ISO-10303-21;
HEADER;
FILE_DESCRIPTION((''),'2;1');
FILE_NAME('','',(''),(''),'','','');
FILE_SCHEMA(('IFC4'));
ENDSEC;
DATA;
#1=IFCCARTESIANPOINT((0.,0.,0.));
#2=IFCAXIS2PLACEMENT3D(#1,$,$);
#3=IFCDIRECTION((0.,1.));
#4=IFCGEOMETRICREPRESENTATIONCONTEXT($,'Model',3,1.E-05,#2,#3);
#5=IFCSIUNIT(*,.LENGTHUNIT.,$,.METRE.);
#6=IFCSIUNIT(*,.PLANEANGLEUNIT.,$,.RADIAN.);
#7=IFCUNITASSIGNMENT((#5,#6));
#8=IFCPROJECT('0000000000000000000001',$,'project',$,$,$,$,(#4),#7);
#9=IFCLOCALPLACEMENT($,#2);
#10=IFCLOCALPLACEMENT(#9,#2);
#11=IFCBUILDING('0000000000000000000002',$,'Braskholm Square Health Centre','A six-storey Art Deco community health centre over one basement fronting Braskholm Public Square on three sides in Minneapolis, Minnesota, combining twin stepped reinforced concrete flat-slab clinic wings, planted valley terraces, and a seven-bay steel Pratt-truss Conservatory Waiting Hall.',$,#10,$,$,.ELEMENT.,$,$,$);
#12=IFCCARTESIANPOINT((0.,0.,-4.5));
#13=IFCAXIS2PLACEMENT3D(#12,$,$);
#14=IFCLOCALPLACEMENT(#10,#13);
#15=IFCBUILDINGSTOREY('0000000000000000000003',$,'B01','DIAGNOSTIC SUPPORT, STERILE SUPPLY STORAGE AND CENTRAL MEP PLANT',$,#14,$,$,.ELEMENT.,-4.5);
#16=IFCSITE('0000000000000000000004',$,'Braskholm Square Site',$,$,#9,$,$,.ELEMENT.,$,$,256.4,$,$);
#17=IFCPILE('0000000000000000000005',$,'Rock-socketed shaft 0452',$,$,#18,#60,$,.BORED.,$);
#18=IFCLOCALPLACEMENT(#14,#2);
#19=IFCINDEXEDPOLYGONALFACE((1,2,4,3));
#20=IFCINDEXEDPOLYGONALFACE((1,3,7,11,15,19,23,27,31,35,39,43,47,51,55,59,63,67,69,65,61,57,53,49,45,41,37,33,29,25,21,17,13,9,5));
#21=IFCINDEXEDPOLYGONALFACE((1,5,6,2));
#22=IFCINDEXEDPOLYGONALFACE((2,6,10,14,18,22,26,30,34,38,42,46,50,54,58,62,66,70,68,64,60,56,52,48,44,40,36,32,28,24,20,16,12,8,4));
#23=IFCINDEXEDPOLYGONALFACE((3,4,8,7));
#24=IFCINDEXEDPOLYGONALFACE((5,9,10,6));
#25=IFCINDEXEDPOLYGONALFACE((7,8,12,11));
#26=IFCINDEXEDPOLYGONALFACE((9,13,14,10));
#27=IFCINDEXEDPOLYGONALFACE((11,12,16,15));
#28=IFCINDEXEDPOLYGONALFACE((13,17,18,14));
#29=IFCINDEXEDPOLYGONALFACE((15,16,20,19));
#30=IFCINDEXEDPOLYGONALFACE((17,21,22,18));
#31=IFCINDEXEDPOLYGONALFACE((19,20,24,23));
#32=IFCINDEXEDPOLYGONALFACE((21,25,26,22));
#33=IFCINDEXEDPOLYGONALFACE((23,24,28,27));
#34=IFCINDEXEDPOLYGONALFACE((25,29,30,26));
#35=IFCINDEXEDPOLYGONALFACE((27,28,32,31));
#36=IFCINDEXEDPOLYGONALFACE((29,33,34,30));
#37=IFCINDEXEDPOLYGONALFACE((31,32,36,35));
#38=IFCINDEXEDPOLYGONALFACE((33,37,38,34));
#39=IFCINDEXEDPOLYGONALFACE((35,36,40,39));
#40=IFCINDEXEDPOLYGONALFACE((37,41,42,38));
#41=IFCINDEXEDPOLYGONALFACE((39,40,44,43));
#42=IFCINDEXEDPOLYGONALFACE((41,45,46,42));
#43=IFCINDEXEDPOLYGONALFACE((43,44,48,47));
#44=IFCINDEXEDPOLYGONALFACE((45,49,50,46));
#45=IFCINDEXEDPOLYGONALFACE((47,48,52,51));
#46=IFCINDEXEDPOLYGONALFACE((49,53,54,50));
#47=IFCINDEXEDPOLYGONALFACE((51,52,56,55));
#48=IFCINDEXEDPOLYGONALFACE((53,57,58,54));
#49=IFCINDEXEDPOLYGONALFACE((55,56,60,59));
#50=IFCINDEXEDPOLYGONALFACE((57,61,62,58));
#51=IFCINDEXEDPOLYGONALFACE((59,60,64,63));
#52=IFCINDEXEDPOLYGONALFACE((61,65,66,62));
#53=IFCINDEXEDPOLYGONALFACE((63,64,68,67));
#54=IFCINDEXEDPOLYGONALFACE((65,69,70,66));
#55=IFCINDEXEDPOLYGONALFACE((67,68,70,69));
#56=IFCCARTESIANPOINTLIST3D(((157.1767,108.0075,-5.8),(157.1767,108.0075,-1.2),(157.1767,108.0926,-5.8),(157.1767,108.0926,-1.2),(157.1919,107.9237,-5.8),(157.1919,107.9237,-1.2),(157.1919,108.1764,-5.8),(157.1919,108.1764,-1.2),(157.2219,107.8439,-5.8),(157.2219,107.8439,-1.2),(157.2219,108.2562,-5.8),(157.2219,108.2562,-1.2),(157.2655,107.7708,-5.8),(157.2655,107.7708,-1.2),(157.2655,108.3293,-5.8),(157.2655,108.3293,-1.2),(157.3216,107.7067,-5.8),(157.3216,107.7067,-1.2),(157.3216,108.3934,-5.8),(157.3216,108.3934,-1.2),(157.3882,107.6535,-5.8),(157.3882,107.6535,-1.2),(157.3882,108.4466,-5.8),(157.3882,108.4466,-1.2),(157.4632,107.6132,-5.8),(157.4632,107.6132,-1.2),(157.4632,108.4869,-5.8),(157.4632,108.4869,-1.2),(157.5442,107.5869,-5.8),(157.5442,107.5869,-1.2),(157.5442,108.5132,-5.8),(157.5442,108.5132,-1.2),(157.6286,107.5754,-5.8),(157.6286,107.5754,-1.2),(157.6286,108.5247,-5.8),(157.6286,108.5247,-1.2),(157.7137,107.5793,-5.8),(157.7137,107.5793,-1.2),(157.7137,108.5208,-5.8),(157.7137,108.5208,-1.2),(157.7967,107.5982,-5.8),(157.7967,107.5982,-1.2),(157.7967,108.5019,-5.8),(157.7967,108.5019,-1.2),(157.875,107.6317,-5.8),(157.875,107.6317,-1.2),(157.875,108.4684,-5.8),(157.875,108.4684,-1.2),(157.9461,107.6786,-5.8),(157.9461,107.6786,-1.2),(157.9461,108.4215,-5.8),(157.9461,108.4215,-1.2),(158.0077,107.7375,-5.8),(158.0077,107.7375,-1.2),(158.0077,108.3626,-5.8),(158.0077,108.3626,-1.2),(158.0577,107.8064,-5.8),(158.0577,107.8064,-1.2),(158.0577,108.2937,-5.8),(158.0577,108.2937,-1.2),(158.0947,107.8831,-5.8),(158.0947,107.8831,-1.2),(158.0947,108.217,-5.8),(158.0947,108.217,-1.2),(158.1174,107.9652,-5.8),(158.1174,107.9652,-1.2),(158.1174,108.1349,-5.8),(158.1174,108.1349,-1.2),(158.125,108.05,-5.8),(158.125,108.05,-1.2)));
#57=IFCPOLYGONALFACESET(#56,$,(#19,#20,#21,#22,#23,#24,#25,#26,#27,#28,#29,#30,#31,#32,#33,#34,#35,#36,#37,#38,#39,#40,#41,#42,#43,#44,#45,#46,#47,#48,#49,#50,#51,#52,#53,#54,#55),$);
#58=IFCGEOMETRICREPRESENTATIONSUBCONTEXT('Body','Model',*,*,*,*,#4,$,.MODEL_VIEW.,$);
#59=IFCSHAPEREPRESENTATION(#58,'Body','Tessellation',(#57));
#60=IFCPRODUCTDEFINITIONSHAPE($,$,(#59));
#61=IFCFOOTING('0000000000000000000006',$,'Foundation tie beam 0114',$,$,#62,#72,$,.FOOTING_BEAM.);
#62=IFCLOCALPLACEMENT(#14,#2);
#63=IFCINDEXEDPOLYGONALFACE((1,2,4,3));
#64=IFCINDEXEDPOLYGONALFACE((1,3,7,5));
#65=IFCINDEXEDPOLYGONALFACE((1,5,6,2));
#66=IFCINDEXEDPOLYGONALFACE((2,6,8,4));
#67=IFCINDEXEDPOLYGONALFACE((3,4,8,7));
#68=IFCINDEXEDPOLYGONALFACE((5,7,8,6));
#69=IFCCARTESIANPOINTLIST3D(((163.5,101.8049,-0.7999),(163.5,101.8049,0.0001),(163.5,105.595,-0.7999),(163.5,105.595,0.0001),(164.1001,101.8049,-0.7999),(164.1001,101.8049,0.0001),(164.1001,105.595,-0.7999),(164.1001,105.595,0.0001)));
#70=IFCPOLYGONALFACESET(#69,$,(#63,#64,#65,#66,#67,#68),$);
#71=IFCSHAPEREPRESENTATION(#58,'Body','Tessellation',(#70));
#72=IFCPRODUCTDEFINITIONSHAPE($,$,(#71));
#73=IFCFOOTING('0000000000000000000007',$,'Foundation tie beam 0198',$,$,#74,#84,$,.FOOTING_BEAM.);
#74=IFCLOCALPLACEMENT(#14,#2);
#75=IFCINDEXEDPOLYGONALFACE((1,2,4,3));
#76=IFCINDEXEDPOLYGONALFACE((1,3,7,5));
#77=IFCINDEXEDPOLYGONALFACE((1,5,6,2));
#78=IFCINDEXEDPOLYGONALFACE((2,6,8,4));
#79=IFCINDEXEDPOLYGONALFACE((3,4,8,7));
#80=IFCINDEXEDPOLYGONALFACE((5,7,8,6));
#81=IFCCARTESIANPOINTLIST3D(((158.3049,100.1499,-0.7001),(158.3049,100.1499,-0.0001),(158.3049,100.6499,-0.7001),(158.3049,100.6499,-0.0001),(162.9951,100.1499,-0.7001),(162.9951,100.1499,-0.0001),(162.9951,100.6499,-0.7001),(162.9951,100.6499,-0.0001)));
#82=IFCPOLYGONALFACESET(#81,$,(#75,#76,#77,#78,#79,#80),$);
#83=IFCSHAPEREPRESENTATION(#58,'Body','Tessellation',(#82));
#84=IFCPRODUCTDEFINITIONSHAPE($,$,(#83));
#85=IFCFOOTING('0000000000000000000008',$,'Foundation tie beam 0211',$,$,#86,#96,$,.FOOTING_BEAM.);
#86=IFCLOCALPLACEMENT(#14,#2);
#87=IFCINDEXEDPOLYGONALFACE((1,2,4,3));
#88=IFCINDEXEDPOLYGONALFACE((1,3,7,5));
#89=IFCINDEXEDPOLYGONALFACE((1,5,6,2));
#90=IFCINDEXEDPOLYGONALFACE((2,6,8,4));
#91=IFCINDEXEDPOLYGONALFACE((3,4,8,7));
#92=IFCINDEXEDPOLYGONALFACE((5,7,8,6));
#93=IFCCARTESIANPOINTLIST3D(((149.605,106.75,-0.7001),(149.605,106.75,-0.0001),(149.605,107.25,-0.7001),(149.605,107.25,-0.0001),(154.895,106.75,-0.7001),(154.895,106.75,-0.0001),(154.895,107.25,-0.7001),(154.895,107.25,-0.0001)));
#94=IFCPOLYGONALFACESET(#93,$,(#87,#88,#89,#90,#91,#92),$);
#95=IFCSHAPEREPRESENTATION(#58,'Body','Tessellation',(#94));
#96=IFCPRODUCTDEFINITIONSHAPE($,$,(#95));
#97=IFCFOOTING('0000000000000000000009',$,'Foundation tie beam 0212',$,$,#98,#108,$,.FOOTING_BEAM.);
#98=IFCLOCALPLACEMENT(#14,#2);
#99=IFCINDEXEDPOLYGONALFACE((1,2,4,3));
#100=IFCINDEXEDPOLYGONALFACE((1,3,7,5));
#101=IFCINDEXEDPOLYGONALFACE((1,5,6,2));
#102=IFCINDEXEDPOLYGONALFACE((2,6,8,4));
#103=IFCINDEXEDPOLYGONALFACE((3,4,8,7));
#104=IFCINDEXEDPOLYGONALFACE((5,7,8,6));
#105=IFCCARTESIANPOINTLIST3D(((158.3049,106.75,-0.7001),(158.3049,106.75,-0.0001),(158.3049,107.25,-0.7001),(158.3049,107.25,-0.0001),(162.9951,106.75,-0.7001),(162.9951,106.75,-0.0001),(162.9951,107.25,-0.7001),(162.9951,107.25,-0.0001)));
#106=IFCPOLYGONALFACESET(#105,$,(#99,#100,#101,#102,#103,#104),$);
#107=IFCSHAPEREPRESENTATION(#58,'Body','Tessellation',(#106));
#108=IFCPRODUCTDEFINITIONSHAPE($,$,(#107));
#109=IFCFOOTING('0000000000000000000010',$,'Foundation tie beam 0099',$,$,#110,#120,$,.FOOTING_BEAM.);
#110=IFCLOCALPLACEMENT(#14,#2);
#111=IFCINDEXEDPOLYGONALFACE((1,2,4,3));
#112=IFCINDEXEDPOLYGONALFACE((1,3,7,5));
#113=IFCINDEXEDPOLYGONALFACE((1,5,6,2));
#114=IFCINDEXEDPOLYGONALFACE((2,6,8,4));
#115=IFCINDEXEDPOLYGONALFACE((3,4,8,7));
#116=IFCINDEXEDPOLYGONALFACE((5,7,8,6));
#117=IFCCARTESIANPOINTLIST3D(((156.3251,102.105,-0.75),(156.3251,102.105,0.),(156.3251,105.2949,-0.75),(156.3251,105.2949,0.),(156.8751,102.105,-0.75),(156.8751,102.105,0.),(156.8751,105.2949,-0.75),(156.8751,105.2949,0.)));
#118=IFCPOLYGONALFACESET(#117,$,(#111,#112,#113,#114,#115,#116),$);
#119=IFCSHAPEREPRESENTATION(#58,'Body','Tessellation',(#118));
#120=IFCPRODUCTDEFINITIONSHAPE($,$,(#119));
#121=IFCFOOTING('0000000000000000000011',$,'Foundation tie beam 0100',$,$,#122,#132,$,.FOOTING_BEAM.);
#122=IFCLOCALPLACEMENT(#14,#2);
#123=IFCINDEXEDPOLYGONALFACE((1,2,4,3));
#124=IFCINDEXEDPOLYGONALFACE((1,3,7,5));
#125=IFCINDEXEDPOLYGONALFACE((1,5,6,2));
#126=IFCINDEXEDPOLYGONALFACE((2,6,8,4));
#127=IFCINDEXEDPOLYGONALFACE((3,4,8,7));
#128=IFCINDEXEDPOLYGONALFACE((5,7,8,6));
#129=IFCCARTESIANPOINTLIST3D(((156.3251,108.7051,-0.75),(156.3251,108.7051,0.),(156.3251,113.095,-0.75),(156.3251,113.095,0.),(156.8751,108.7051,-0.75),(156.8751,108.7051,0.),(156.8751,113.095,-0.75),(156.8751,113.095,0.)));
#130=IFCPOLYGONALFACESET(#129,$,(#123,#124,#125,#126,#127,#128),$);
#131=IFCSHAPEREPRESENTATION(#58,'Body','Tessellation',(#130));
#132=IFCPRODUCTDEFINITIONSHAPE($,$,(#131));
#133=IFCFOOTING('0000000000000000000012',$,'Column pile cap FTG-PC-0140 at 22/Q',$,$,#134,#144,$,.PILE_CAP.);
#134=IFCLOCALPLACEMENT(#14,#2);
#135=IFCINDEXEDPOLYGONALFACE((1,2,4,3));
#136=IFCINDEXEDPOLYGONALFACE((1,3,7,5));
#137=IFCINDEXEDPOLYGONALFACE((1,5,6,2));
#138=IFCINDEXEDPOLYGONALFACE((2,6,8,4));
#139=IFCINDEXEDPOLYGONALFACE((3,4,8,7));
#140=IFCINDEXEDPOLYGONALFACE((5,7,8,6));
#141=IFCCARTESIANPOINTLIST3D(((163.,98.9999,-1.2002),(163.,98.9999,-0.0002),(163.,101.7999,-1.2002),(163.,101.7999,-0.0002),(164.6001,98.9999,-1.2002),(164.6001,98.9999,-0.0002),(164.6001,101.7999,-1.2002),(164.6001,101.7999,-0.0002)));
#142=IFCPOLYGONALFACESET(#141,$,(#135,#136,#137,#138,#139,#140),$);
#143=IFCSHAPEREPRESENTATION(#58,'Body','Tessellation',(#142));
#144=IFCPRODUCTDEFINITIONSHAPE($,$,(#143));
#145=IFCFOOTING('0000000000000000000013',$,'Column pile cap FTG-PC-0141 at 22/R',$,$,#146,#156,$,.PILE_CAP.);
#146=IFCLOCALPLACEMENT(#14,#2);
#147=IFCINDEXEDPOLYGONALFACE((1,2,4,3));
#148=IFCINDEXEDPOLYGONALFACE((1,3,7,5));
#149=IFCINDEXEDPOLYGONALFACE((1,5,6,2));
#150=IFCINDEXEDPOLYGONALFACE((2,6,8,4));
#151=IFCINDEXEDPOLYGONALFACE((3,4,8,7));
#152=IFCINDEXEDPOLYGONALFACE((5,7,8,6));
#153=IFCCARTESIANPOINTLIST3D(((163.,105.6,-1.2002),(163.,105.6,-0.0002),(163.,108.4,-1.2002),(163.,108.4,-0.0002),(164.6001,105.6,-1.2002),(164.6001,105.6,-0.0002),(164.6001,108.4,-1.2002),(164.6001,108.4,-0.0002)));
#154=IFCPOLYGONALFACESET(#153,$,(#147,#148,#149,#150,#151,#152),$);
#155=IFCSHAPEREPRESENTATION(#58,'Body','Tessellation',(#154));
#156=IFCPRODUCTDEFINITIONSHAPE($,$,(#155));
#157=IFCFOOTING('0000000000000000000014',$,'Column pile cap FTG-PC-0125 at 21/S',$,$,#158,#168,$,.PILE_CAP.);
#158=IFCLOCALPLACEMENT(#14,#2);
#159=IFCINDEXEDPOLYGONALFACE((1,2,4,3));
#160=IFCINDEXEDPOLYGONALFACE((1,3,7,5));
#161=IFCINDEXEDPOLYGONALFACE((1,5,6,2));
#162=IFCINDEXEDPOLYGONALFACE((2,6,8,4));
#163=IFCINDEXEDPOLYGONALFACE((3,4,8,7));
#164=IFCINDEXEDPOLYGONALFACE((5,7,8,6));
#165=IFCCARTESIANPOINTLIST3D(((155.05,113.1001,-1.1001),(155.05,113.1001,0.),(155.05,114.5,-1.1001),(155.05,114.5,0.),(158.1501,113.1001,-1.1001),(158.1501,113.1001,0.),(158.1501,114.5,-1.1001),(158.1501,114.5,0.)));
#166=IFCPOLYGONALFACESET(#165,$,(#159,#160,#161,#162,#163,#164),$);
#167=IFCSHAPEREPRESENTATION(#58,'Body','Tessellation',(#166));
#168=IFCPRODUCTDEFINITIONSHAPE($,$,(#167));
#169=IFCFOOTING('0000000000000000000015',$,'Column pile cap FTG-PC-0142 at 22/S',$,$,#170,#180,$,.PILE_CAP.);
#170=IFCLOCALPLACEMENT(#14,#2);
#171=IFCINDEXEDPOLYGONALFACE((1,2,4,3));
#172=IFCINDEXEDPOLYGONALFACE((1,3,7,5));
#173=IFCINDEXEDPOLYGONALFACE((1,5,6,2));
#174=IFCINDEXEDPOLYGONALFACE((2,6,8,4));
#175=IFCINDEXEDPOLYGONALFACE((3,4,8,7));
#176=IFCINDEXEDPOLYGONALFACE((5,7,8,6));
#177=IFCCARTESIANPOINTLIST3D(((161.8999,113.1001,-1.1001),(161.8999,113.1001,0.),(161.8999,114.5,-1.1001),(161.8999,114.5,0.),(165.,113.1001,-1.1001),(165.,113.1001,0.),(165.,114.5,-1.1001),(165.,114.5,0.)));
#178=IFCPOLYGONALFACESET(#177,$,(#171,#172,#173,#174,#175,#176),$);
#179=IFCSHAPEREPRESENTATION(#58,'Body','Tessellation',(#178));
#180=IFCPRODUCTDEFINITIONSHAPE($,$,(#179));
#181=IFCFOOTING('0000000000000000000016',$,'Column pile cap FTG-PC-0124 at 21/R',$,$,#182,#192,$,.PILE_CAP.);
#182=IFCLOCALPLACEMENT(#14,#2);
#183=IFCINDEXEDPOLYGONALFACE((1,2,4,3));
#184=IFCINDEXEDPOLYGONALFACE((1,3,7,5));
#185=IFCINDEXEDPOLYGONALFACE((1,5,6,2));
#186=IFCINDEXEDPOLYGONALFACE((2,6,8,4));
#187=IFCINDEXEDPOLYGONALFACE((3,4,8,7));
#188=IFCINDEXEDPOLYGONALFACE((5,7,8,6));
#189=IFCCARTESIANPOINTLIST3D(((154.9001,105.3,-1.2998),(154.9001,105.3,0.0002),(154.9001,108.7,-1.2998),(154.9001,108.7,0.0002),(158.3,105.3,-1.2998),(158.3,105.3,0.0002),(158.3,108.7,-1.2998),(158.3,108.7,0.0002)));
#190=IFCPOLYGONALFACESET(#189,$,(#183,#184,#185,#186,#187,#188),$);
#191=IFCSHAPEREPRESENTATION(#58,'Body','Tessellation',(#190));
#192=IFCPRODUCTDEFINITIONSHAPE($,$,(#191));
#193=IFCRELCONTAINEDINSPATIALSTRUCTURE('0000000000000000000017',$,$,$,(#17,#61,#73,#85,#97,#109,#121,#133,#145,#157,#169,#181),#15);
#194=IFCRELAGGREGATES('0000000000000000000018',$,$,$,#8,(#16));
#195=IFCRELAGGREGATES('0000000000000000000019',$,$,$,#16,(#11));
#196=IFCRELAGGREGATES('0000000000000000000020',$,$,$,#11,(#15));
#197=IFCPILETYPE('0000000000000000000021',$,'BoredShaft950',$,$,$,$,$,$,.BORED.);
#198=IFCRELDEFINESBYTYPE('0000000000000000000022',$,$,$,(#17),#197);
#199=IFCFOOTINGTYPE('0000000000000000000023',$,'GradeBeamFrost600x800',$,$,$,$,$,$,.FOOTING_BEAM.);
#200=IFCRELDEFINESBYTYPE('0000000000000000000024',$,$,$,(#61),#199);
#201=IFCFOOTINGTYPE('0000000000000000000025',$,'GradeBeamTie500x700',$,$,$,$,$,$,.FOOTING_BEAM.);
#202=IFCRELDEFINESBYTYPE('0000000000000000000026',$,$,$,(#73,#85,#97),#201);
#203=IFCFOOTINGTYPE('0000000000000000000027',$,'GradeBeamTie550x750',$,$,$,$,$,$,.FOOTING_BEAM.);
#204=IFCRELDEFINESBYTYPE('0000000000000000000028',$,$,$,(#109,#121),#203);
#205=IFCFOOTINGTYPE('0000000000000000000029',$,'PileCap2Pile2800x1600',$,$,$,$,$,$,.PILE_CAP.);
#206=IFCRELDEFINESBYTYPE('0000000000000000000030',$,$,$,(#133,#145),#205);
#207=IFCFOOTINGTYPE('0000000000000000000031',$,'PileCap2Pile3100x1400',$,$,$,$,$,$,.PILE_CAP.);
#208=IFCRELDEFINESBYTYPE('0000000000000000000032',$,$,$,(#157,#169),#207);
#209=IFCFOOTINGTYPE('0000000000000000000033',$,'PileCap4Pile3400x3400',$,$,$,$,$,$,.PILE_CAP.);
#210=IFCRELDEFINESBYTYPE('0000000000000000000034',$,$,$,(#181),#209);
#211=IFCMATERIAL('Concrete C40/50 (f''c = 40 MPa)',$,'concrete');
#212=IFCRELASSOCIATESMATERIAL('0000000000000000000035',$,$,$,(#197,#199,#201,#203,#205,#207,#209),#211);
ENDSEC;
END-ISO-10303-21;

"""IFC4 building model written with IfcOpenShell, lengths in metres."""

from ifc_helpers import new_model, si_unit, direction, frame, origin, origin_2d, place, context, subcontext, project, spatial, rectangle, circle, extrude, material, material_profile, profile_set, type_object, element, save


model = new_model("IFC4")

# Units and contexts
model_context = context("Model", 3, precision=1e-05, world=origin(), true_north=direction((0.0, 1.0)))
body_context = subcontext(model_context, "Body", "Model", "MODEL_VIEW")
ifc_project = project(units=[si_unit("LENGTHUNIT", "METRE"), si_unit("PLANEANGLEUNIT", "RADIAN")], contexts=[model_context])

# Site, building, storey
site_placement = place(None, origin())
site = spatial("IfcSite", under=ifc_project, at=site_placement, Name="Braskholm Square Site", CompositionType="ELEMENT", RefElevation=256.4)
building_placement = place(site_placement, origin())
building = spatial("IfcBuilding", under=site, at=building_placement, Name="Braskholm Square Health Centre", Description="A six-storey Art Deco community health centre over one basement fronting Braskholm Public Square on three sides in Minneapolis, Minnesota, combining twin stepped reinforced concrete flat-slab clinic wings, planted valley terraces, and a seven-bay steel Pratt-truss Conservatory Waiting Hall.", CompositionType="ELEMENT")
storey_placement = place(building_placement, frame((0.0, 0.0, -4.5)))
storey = spatial("IfcBuildingStorey", under=building, at=storey_placement, Name="B01", Description="DIAGNOSTIC SUPPORT, STERILE SUPPLY STORAGE AND CENTRAL MEP PLANT", CompositionType="ELEMENT", Elevation=-4.5)

# Pile
ifc_material_1 = material(Name="Concrete C40/50 (f'c = 40 MPa)", Category="concrete")
ifc_material_profile_1 = material_profile(ifc_material_1, circle(Radius=0.4751, at=origin_2d()), Name="BORED-PILE-950")
ifc_profile_set_1 = profile_set([ifc_material_profile_1], Name="Concrete C40/50 (f'c = 40 MPa)")
pile_type_1 = type_object("IfcPileType", Name="BoredShaft950", PredefinedType="BORED", material=ifc_profile_set_1)
for number, where, z_axis, x_axis, name in (
    (1, (157.6499, 108.05, -1.2), (0.0, 0.0, -1.0), (1.0, 0.0, 0.0), "Rock-socketed shaft 0452"),
):
    element("IfcPile", number, at=place(storey_placement, frame(where, z_axis=z_axis, x_axis=x_axis)), inside=storey, type_object=pile_type_1, Name=name, PredefinedType="BORED", context=body_context, shape_type="SweptSolid", body=[
        extrude(circle(Radius=0.4751, at=origin_2d()), origin(), (0.0, 0.0, 1.0), 4.6001),
    ])

# Footings
ifc_material_profile_2 = material_profile(ifc_material_1, rectangle(XDim=0.6001, YDim=0.8, at=origin_2d()), Name="FTG-600X800")
ifc_profile_set_2 = profile_set([ifc_material_profile_2], Name="Concrete C40/50 (f'c = 40 MPa)")
footing_type_1 = type_object("IfcFootingType", Name="GradeBeamFrost600x800", PredefinedType="FOOTING_BEAM", material=ifc_profile_set_2)
footing_1_placement = place(storey_placement, frame((163.8, 101.8049, -0.3999), z_axis=(0.0, 1.0, 0.0), x_axis=(-1.0, 0.0, 0.0)))
element("IfcFooting", 2, at=footing_1_placement, inside=storey, type_object=footing_type_1, Name="Foundation tie beam 0114", PredefinedType="FOOTING_BEAM", context=body_context, shape_type="SweptSolid", body=[
    extrude(rectangle(XDim=0.6001, YDim=0.8, at=origin_2d()), origin(), (0.0, 0.0, 1.0), 3.79),
])
ifc_material_profile_3 = material_profile(ifc_material_1, rectangle(XDim=0.5, YDim=0.7, at=origin_2d()), Name="FTG-500X700")
ifc_profile_set_3 = profile_set([ifc_material_profile_3], Name="Concrete C40/50 (f'c = 40 MPa)")
footing_type_2 = type_object("IfcFootingType", Name="GradeBeamTie500x700", PredefinedType="FOOTING_BEAM", material=ifc_profile_set_3)
footing_2_placement = place(storey_placement, frame((158.3049, 100.3999, -0.3501), z_axis=(1.0, 0.0, 0.0), x_axis=(0.0, 1.0, 0.0)))
element("IfcFooting", 3, at=footing_2_placement, inside=storey, type_object=footing_type_2, Name="Foundation tie beam 0198", PredefinedType="FOOTING_BEAM", context=body_context, shape_type="SweptSolid", body=[
    extrude(rectangle(XDim=0.5, YDim=0.7, at=origin_2d()), origin(), (0.0, 0.0, 1.0), 4.6902),
])
footing_3_placement = place(storey_placement, frame((149.605, 107.0, -0.3501), z_axis=(1.0, 0.0, 0.0), x_axis=(0.0, 1.0, 0.0)))
element("IfcFooting", 4, at=footing_3_placement, inside=storey, type_object=footing_type_2, Name="Foundation tie beam 0211", PredefinedType="FOOTING_BEAM", context=body_context, shape_type="SweptSolid", body=[
    extrude(rectangle(XDim=0.5, YDim=0.7, at=origin_2d()), origin(), (0.0, 0.0, 1.0), 5.29),
])
footing_4_placement = place(storey_placement, frame((158.3049, 107.0, -0.3501), z_axis=(1.0, 0.0, 0.0), x_axis=(0.0, 1.0, 0.0)))
element("IfcFooting", 5, at=footing_4_placement, inside=storey, type_object=footing_type_2, Name="Foundation tie beam 0212", PredefinedType="FOOTING_BEAM", context=body_context, shape_type="SweptSolid", body=[
    extrude(rectangle(XDim=0.5, YDim=0.7, at=origin_2d()), origin(), (0.0, 0.0, 1.0), 4.6902),
])
ifc_material_profile_4 = material_profile(ifc_material_1, rectangle(XDim=0.55, YDim=0.75, at=origin_2d()), Name="FTG-550X750")
ifc_profile_set_4 = profile_set([ifc_material_profile_4], Name="Concrete C40/50 (f'c = 40 MPa)")
footing_type_3 = type_object("IfcFootingType", Name="GradeBeamTie550x750", PredefinedType="FOOTING_BEAM", material=ifc_profile_set_4)
footing_5_placement = place(storey_placement, frame((156.6001, 102.105, -0.375), z_axis=(0.0, 1.0, 0.0), x_axis=(-1.0, 0.0, 0.0)))
element("IfcFooting", 6, at=footing_5_placement, inside=storey, type_object=footing_type_3, Name="Foundation tie beam 0099", PredefinedType="FOOTING_BEAM", context=body_context, shape_type="SweptSolid", body=[
    extrude(rectangle(XDim=0.55, YDim=0.75, at=origin_2d()), origin(), (0.0, 0.0, 1.0), 3.1899),
])
footing_6_placement = place(storey_placement, frame((156.6001, 108.7051, -0.375), z_axis=(0.0, 1.0, 0.0), x_axis=(-1.0, 0.0, 0.0)))
element("IfcFooting", 7, at=footing_6_placement, inside=storey, type_object=footing_type_3, Name="Foundation tie beam 0100", PredefinedType="FOOTING_BEAM", context=body_context, shape_type="SweptSolid", body=[
    extrude(rectangle(XDim=0.55, YDim=0.75, at=origin_2d()), origin(), (0.0, 0.0, 1.0), 4.3899),
])
footing_type_4 = type_object("IfcFootingType", Name="PileCap2Pile2800x1600", PredefinedType="PILE_CAP", material=ifc_material_1)
for number, where, z_axis, x_axis, name in (
    (8, (163.8, 100.3999, -1.2002), (0.0, 0.0, 1.0), (0.0, 1.0, 0.0), "Column pile cap FTG-PC-0140 at 22/Q"),
    (9, (163.8, 107.0, -1.2002), (0.0, 0.0, 1.0), (0.0, 1.0, 0.0), "Column pile cap FTG-PC-0141 at 22/R"),
):
    element("IfcFooting", number, at=place(storey_placement, frame(where, z_axis=z_axis, x_axis=x_axis)), inside=storey, type_object=footing_type_4, Name=name, PredefinedType="PILE_CAP", context=body_context, shape_type="SweptSolid", body=[
        extrude(rectangle(XDim=2.8, YDim=1.6001, at=origin_2d()), origin(), (0.0, 0.0, 1.0), 1.2),
    ])
footing_type_5 = type_object("IfcFootingType", Name="PileCap2Pile3100x1400", PredefinedType="PILE_CAP", material=ifc_material_1)
for number, where, z_axis, x_axis, name in (
    (10, (156.6001, 113.8, -1.1001), (0.0, 0.0, 1.0), (1.0, 0.0, 0.0), "Column pile cap FTG-PC-0125 at 21/S"),
    (11, (163.45, 113.8, -1.1001), (0.0, 0.0, 1.0), (1.0, 0.0, 0.0), "Column pile cap FTG-PC-0142 at 22/S"),
):
    element("IfcFooting", number, at=place(storey_placement, frame(where, z_axis=z_axis, x_axis=x_axis)), inside=storey, type_object=footing_type_5, Name=name, PredefinedType="PILE_CAP", context=body_context, shape_type="SweptSolid", body=[
        extrude(rectangle(XDim=3.1001, YDim=1.3999, at=origin_2d()), origin(), (0.0, 0.0, 1.0), 1.1001),
    ])
footing_type_6 = type_object("IfcFootingType", Name="PileCap4Pile3400x3400", PredefinedType="PILE_CAP", material=ifc_material_1)
footing_7_placement = place(storey_placement, frame((156.6001, 107.0, -1.2998), z_axis=(0.0, 0.0, 1.0), x_axis=(1.0, 0.0, 0.0)))
element("IfcFooting", 12, at=footing_7_placement, inside=storey, type_object=footing_type_6, Name="Column pile cap FTG-PC-0124 at 21/R", PredefinedType="PILE_CAP", context=body_context, shape_type="SweptSolid", body=[
    extrude(rectangle(XDim=3.3999, YDim=3.3999, at=origin_2d()), origin(), (0.0, 0.0, 1.0), 1.3),
])

save(model, "model.ifc")
